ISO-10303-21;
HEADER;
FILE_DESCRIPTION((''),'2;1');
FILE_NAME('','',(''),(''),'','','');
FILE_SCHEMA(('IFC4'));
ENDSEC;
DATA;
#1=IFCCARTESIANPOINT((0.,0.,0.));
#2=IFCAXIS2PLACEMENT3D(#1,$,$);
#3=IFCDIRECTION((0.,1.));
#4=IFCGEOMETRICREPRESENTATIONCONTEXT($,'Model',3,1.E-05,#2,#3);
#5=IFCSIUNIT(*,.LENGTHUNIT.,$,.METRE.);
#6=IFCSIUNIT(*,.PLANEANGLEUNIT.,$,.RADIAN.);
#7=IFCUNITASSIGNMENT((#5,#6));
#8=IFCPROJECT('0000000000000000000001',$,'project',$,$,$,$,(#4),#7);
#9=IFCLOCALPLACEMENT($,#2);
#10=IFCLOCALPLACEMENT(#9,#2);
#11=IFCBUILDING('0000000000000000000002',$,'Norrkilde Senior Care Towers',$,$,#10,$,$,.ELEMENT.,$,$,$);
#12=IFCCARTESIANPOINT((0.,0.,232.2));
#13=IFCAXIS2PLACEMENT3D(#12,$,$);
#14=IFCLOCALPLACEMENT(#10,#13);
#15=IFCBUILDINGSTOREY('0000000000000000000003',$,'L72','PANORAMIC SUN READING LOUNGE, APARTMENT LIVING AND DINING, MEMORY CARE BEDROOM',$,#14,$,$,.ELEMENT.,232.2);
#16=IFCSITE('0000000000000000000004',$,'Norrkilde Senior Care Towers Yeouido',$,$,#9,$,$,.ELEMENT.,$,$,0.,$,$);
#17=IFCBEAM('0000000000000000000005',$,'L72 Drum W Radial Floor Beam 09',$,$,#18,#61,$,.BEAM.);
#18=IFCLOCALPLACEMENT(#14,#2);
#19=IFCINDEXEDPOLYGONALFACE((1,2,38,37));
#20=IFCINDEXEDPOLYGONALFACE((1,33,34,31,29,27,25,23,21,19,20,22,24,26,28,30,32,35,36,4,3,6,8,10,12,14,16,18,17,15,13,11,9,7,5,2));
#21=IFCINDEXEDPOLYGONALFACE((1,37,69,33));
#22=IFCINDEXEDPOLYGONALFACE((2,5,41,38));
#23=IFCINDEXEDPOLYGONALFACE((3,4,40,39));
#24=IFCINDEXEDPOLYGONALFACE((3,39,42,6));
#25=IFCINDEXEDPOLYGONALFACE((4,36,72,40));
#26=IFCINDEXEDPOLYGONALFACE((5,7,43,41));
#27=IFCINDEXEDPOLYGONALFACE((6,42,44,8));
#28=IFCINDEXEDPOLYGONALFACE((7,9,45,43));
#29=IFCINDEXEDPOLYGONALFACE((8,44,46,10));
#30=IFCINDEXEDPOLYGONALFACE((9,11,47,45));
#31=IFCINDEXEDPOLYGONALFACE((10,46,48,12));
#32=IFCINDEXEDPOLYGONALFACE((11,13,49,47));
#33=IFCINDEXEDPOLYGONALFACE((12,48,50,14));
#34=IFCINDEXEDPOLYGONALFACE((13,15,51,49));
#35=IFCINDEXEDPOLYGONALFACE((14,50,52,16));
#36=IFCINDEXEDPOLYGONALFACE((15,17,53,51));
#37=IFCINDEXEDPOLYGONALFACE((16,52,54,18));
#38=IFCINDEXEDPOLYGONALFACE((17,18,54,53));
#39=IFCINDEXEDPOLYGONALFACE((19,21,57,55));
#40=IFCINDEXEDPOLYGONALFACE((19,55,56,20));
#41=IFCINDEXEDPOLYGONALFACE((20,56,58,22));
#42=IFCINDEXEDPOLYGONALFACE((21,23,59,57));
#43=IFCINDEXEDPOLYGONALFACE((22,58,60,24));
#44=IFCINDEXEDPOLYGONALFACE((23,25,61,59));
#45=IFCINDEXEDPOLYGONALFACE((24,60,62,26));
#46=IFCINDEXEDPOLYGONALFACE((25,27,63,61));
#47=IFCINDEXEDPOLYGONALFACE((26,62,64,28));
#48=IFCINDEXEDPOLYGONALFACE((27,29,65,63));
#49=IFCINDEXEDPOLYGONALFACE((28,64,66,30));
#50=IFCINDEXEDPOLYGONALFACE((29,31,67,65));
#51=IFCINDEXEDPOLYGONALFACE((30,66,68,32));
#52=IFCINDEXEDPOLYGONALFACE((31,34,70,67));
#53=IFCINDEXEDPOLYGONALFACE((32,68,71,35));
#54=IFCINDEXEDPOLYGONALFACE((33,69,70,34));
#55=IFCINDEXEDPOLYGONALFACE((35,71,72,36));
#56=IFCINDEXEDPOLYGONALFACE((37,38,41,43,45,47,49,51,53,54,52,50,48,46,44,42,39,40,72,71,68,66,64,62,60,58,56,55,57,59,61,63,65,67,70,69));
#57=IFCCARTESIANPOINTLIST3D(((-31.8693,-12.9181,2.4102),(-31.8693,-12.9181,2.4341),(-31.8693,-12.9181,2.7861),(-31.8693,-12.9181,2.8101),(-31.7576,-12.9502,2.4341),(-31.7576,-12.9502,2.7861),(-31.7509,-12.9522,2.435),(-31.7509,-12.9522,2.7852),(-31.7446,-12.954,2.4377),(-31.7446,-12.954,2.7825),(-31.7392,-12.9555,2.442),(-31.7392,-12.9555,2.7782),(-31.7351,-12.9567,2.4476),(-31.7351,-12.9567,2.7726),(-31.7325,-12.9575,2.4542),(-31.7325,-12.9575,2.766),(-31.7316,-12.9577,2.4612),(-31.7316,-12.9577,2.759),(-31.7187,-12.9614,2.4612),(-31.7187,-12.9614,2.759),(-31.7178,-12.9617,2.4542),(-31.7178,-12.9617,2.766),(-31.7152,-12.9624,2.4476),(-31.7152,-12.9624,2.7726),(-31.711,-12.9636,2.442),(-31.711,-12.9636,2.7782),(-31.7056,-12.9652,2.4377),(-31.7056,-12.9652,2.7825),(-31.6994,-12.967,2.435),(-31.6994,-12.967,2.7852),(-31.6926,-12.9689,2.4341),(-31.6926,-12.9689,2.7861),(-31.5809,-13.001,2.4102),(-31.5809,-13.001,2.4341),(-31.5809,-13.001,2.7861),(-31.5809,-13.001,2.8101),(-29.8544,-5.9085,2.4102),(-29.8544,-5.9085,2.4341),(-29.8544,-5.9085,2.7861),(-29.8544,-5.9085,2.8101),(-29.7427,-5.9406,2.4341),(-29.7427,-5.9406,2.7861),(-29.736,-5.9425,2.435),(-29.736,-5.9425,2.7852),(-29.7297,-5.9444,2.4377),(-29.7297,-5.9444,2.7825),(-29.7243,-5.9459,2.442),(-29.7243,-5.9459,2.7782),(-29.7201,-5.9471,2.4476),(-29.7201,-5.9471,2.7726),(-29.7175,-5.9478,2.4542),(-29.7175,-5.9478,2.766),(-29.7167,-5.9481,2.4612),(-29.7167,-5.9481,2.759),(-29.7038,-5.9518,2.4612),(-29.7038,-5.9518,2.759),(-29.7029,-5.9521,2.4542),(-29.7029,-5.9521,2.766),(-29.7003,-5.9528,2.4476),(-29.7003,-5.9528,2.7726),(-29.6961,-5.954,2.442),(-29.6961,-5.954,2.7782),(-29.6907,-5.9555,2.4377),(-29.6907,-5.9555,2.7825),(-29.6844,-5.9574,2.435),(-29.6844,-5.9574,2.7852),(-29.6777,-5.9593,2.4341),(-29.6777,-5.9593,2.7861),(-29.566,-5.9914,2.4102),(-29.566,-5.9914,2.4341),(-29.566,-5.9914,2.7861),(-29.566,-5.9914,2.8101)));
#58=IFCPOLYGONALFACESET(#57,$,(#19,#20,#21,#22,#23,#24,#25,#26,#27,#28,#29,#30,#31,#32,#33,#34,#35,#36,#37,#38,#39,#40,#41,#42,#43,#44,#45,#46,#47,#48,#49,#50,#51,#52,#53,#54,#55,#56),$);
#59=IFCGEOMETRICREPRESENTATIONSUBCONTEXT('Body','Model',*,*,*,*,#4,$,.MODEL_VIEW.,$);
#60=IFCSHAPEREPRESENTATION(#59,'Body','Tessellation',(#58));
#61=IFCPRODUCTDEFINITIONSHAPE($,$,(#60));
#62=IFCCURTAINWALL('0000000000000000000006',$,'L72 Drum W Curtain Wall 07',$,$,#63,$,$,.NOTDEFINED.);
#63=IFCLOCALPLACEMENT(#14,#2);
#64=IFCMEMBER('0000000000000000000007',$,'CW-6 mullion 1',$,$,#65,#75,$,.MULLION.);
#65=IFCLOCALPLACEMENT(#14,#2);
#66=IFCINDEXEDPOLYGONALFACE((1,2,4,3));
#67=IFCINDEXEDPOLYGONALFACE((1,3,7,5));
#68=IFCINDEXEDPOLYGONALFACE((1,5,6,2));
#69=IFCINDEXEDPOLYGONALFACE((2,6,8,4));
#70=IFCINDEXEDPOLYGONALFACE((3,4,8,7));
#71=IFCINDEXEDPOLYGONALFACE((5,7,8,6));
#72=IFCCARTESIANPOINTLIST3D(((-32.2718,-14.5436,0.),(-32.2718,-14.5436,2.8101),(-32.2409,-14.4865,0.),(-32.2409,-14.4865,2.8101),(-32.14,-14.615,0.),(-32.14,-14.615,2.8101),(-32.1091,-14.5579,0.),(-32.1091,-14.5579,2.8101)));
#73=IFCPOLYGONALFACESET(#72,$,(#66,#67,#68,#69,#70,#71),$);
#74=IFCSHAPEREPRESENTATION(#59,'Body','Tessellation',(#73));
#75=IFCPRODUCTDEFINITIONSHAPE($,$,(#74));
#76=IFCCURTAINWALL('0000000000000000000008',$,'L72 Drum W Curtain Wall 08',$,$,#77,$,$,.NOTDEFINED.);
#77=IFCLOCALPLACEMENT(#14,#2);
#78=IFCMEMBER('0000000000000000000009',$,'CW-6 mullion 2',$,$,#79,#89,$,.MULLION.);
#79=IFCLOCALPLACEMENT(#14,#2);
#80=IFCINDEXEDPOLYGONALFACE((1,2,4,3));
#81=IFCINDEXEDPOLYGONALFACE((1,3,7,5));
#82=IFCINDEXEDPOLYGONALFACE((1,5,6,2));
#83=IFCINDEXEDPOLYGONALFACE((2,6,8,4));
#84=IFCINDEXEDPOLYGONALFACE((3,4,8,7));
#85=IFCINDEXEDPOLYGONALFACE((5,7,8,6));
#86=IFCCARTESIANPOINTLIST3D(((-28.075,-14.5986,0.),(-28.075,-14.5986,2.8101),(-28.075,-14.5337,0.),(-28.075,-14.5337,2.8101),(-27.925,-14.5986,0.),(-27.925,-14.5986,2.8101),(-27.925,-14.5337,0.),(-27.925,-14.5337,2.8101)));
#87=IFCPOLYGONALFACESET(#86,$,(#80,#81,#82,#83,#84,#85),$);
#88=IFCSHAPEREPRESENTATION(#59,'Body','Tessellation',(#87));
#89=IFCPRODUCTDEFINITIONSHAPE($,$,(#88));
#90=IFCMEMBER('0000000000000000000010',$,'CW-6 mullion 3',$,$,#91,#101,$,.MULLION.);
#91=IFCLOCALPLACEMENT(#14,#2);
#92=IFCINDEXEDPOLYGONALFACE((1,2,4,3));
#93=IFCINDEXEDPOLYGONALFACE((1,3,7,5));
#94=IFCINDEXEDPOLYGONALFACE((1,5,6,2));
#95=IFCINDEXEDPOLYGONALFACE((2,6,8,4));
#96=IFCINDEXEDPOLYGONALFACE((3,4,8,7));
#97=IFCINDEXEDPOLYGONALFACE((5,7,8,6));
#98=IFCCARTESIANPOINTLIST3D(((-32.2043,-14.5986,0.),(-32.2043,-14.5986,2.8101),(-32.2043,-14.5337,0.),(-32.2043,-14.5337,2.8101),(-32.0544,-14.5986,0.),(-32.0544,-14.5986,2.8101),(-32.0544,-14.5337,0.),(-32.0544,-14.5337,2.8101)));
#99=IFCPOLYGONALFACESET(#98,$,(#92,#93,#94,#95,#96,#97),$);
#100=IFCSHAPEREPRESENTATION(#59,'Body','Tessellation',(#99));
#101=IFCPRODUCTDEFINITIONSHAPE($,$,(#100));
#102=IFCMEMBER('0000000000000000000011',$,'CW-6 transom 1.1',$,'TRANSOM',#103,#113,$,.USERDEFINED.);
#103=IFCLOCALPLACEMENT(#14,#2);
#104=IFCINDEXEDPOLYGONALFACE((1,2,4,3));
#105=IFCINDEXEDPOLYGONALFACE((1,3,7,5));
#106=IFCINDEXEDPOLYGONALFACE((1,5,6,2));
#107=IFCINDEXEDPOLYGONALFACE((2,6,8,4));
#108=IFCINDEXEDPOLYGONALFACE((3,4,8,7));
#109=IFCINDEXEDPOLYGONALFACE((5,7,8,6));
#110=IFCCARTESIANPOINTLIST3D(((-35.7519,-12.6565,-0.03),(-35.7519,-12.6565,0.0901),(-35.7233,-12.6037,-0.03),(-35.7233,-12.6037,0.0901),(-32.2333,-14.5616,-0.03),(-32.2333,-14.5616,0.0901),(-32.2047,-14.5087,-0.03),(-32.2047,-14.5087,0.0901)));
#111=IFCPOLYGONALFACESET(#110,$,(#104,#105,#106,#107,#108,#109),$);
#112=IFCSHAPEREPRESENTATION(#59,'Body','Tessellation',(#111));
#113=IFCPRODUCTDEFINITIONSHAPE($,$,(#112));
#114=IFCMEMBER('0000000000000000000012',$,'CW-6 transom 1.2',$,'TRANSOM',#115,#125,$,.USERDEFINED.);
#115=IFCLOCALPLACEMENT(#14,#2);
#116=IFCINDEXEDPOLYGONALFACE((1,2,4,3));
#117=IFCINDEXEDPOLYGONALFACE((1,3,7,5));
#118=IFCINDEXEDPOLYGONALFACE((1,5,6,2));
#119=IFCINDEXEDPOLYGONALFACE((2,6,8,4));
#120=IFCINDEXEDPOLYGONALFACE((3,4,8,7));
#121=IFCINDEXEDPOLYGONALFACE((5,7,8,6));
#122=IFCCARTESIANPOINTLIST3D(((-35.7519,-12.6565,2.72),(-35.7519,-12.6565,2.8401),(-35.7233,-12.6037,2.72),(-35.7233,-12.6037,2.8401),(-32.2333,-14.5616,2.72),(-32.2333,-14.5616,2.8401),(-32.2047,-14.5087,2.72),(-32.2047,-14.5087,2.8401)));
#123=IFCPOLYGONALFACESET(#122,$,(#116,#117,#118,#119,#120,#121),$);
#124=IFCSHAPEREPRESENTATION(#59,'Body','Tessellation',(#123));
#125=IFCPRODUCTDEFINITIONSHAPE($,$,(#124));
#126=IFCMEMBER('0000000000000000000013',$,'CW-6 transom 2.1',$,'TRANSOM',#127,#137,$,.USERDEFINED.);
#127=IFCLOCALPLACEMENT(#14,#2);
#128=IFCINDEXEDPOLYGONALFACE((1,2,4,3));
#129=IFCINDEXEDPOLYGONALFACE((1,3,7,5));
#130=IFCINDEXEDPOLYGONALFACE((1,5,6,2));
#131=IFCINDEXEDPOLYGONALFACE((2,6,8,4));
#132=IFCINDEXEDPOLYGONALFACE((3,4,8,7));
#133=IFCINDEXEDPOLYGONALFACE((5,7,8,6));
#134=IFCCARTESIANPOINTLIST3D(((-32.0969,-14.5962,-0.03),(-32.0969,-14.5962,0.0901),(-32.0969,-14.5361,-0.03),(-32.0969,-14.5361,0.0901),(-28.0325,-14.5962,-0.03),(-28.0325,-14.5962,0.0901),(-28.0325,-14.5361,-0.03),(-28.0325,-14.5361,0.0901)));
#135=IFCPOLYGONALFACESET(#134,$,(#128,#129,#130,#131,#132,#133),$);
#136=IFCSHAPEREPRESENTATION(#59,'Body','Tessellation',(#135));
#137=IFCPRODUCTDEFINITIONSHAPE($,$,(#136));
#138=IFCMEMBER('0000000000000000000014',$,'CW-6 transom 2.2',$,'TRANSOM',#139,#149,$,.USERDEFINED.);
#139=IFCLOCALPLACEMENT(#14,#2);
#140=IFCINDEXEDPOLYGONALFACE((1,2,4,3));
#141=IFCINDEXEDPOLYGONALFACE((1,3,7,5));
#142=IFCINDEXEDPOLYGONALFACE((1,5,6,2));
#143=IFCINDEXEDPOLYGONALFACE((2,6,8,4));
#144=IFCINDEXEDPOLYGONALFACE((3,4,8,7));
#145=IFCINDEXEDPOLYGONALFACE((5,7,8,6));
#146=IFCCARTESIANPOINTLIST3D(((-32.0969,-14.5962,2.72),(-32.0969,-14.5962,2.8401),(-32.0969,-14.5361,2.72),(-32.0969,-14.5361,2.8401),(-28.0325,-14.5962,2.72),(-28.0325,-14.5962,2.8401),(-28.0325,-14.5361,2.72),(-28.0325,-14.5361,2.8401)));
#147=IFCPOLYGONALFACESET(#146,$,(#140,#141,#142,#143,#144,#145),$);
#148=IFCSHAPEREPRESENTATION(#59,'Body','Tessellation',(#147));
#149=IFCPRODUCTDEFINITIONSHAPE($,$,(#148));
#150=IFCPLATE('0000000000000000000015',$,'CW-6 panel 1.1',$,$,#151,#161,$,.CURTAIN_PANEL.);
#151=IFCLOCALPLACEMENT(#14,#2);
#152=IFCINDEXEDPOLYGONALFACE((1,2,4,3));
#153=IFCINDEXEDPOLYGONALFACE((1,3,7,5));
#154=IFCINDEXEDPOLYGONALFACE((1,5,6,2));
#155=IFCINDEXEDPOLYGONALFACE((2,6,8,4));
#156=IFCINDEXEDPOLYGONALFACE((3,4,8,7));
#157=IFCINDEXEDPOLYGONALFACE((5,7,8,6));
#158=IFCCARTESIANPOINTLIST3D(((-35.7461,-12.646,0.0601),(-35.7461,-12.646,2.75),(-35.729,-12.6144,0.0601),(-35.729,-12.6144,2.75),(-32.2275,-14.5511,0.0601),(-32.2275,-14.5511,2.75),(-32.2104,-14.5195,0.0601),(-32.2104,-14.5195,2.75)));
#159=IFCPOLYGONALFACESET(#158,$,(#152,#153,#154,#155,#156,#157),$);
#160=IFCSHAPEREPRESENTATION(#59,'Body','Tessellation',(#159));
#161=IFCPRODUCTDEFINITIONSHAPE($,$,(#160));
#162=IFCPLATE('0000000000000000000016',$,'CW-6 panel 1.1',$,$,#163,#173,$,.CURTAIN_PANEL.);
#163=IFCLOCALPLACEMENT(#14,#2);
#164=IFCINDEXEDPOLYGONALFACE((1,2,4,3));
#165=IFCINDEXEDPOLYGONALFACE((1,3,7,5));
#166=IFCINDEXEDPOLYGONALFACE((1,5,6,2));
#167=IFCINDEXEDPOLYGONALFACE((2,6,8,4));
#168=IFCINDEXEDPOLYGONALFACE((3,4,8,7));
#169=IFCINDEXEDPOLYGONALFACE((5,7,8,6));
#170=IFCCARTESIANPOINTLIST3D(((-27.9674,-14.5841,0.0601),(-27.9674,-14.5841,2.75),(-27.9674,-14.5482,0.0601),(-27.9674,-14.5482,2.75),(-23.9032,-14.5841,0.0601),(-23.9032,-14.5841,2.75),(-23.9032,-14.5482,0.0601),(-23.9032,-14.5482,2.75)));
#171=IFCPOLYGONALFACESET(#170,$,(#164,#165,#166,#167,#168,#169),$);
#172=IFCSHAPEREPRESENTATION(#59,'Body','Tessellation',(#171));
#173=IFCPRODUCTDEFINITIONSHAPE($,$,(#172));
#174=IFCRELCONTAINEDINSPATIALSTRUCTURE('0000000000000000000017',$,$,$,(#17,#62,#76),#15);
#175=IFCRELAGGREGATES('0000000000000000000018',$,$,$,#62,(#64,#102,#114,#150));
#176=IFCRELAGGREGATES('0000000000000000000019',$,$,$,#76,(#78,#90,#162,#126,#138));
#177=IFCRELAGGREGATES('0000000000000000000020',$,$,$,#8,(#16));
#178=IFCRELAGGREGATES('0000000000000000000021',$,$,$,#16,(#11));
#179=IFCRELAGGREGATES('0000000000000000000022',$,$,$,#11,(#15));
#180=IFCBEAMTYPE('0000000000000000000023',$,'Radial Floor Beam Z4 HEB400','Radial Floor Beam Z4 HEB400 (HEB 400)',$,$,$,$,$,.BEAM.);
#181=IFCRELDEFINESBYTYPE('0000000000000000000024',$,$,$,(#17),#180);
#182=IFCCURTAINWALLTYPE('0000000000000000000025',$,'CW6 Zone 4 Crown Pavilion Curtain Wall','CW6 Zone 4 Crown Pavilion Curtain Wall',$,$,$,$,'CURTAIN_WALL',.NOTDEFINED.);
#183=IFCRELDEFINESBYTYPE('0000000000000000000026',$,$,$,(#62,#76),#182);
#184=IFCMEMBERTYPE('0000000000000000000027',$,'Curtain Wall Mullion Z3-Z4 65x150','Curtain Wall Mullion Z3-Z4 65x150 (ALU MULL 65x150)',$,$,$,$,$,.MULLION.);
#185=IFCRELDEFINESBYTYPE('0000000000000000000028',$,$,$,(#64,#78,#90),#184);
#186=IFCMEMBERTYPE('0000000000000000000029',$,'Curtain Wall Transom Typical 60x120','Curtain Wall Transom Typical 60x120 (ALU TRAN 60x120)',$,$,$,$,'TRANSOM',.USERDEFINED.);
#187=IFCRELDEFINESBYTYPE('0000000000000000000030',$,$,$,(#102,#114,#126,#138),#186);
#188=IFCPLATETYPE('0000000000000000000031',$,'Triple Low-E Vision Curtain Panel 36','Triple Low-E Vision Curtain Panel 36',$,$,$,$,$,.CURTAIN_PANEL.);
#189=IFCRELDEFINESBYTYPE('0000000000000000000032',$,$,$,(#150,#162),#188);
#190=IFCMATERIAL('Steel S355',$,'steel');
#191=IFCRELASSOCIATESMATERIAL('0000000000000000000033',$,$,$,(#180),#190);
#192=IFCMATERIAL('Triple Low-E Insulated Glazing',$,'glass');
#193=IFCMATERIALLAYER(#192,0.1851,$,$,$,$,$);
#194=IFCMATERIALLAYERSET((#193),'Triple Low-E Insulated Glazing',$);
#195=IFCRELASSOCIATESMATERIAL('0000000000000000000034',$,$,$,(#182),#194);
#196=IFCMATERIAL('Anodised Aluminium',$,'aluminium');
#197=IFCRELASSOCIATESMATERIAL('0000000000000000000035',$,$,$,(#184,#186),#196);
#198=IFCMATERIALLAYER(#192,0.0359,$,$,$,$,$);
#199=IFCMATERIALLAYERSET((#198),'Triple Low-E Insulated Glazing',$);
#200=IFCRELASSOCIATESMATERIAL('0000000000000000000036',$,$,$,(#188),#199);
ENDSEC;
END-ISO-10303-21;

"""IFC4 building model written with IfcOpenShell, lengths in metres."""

from ifc_helpers import new_model, si_unit, direction, frame, origin, origin_2d, place, context, subcontext, project, spatial, rectangle, i_section, extrude, source, transform, mapped, material, layer, layer_set, material_profile, profile_set, type_object, type_shapes, element, aggregate, save


model = new_model("IFC4")

# Units and contexts
model_context = context("Model", 3, precision=1e-05, world=origin(), true_north=direction((0.0, 1.0)))
body_context = subcontext(model_context, "Body", "Model", "MODEL_VIEW")
ifc_project = project(units=[si_unit("LENGTHUNIT", "METRE"), si_unit("PLANEANGLEUNIT", "RADIAN")], contexts=[model_context])

# Site, building, storey
site_placement = place(None, origin())
site = spatial("IfcSite", under=ifc_project, at=site_placement, Name="Norrkilde Senior Care Towers Yeouido", CompositionType="ELEMENT", RefElevation=0.0)
building_placement = place(site_placement, origin())
building = spatial("IfcBuilding", under=site, at=building_placement, Name="Norrkilde Senior Care Towers", CompositionType="ELEMENT")
storey_placement = place(building_placement, frame((0.0, 0.0, 232.2)))
storey = spatial("IfcBuildingStorey", under=building, at=storey_placement, Name="L72", Description="PANORAMIC SUN READING LOUNGE, APARTMENT LIVING AND DINING, MEMORY CARE BEDROOM", CompositionType="ELEMENT", Elevation=232.2)

# Beam
ifc_material_1 = material(Name="Steel S355", Category="steel")
ifc_material_profile_1 = material_profile(ifc_material_1, i_section(OverallWidth=0.3, OverallDepth=0.3999, WebThickness=0.0134, FlangeThickness=0.0239, FilletRadius=0.0271, at=origin_2d()), Name="HEB 400")
ifc_profile_set_1 = profile_set([ifc_material_profile_1], Name="Steel S355")
beam_type_1 = type_object("IfcBeamType", Name="Radial Floor Beam Z4 HEB400", Description="Radial Floor Beam Z4 HEB400 (HEB 400)", PredefinedType="BEAM", material=ifc_profile_set_1)
shared_shape_1 = source(origin(), body_context, "Body", "SweptSolid", [
    extrude(i_section(OverallWidth=0.3, OverallDepth=0.3999, WebThickness=0.0134, FlangeThickness=0.0239, FilletRadius=0.0271, at=origin_2d()), origin(), (0.0, 0.0, 1.0), 7.2935),
])
beam_1_placement = place(storey_placement, frame((-29.7102, -5.95, 2.6101), z_axis=(-0.276264, -0.961082, 0.0), x_axis=(0.961082, -0.276264, 0.0)))
element("IfcBeam", 1, at=beam_1_placement, inside=storey, type_object=beam_type_1, Name="L72 Drum W Radial Floor Beam 09", PredefinedType="BEAM", context=body_context, shape_type="MappedRepresentation", body=[
    mapped(shared_shape_1, transform((0.0, 0.0, 0.0), x_axis=(1.0, 0.0, 0.0), y_axis=(0.0, 1.0, 0.0), z_axis=(0.0, 0.0, 1.0), scale=1.0)),
])

# Curtain wall, member
ifc_material_2 = material(Name="Triple Low-E Insulated Glazing", Category="glass")
ifc_layer_1 = layer(ifc_material_2, 0.1851)
ifc_layer_set_1 = layer_set([ifc_layer_1], Name="Triple Low-E Insulated Glazing")
curtain_wall_type = type_object("IfcCurtainWallType", Name="CW6 Zone 4 Crown Pavilion Curtain Wall", Description="CW6 Zone 4 Crown Pavilion Curtain Wall", ElementType="CURTAIN_WALL", PredefinedType="NOTDEFINED", material=ifc_layer_set_1)
curtain_wall_1_placement = place(storey_placement, origin())
curtain_wall_1 = element("IfcCurtainWall", 2, at=curtain_wall_1_placement, inside=storey, type_object=curtain_wall_type, Name="L72 Drum W Curtain Wall 07", PredefinedType="NOTDEFINED")
ifc_material_3 = material(Name="Anodised Aluminium", Category="aluminium")
ifc_material_profile_2 = material_profile(ifc_material_3, rectangle(XDim=0.0649, YDim=0.1499, at=origin_2d()), Name="ALU MULL 65x150")
ifc_profile_set_2 = profile_set([ifc_material_profile_2], Name="Anodised Aluminium")
member_type_1 = type_object("IfcMemberType", Name="Curtain Wall Mullion Z3-Z4 65x150", Description="Curtain Wall Mullion Z3-Z4 65x150 (ALU MULL 65x150)", PredefinedType="MULLION", material=ifc_profile_set_2)
shared_shape_2 = source(origin(), body_context, "Body", "SweptSolid", [
    extrude(rectangle(XDim=0.0649, YDim=0.1499, at=origin_2d()), origin(), (0.0, 0.0, 1.0), 2.8101),
])
type_shapes(member_type_1, [shared_shape_2])
member_1_placement = place(storey_placement, frame((-32.1904, -14.5508, 0.0), z_axis=(0.0, 0.0, 1.0), x_axis=(-0.476133, -0.879373, 0.0)))
member_1 = element("IfcMember", 3, at=member_1_placement, type_object=member_type_1, Name="CW-6 mullion 1", PredefinedType="MULLION", context=body_context, shape_type="MappedRepresentation", body=[
    mapped(shared_shape_2, transform((0.0, 0.0, 0.0), x_axis=(1.0, 0.0, 0.0), y_axis=(0.0, 1.0, 0.0), z_axis=(0.0, 0.0, 1.0), scale=1.0)),
])

# Curtain wall, members
curtain_wall_2_placement = place(storey_placement, origin())
curtain_wall_2 = element("IfcCurtainWall", 4, at=curtain_wall_2_placement, inside=storey, type_object=curtain_wall_type, Name="L72 Drum W Curtain Wall 08", PredefinedType="NOTDEFINED")
member_2_placement = place(storey_placement, frame((-28.0, -14.5662, 0.0), z_axis=(0.0, 0.0, 1.0), x_axis=(0.0, -1.0, 0.0)))
member_2 = element("IfcMember", 5, at=member_2_placement, type_object=member_type_1, Name="CW-6 mullion 2", PredefinedType="MULLION", context=body_context, shape_type="MappedRepresentation", body=[
    mapped(shared_shape_2, transform((0.0, 0.0, 0.0), x_axis=(1.0, 0.0, 0.0), y_axis=(0.0, 1.0, 0.0), z_axis=(0.0, 0.0, 1.0), scale=1.0)),
])
member_3_placement = place(storey_placement, frame((-32.1294, -14.5662, 0.0), z_axis=(0.0, 0.0, 1.0), x_axis=(0.0, -1.0, 0.0)))
member_3 = element("IfcMember", 6, at=member_3_placement, type_object=member_type_1, Name="CW-6 mullion 3", PredefinedType="MULLION", context=body_context, shape_type="MappedRepresentation", body=[
    mapped(shared_shape_2, transform((0.0, 0.0, 0.0), x_axis=(1.0, 0.0, 0.0), y_axis=(0.0, 1.0, 0.0), z_axis=(0.0, 0.0, 1.0), scale=1.0)),
])

# Members
ifc_material_profile_3 = material_profile(ifc_material_3, rectangle(XDim=0.0601, YDim=0.1201, at=origin_2d()), Name="ALU TRAN 60x120")
ifc_profile_set_3 = profile_set([ifc_material_profile_3], Name="Anodised Aluminium")
member_type_2 = type_object("IfcMemberType", Name="Curtain Wall Transom Typical 60x120", Description="Curtain Wall Transom Typical 60x120 (ALU TRAN 60x120)", ElementType="TRANSOM", PredefinedType="USERDEFINED", material=ifc_profile_set_3)
shared_shape_3 = source(origin(), body_context, "Body", "SweptSolid", [
    extrude(rectangle(XDim=0.0601, YDim=0.1201, at=origin_2d()), origin(), (0.0, 0.0, 1.0), 4.0012),
])
member_4_placement = place(storey_placement, frame((-32.219, -14.5352, 0.03), z_axis=(-0.879381, 0.476118, 0.0), x_axis=(-0.476118, -0.879381, 0.0)))
member_4 = element("IfcMember", 7, at=member_4_placement, type_object=member_type_2, Name="CW-6 transom 1.1", ObjectType="TRANSOM", PredefinedType="USERDEFINED", context=body_context, shape_type="MappedRepresentation", body=[
    mapped(shared_shape_3, transform((0.0, 0.0, 0.0), x_axis=(1.0, 0.0, 0.0), y_axis=(0.0, 1.0, 0.0), z_axis=(0.0, 0.0, 1.0), scale=1.0)),
])
member_5_placement = place(storey_placement, frame((-32.219, -14.5352, 2.78), z_axis=(-0.879381, 0.476118, 0.0), x_axis=(-0.476118, -0.879381, 0.0)))
member_5 = element("IfcMember", 8, at=member_5_placement, type_object=member_type_2, Name="CW-6 transom 1.2", ObjectType="TRANSOM", PredefinedType="USERDEFINED", context=body_context, shape_type="MappedRepresentation", body=[
    mapped(shared_shape_3, transform((0.0, 0.0, 0.0), x_axis=(1.0, 0.0, 0.0), y_axis=(0.0, 1.0, 0.0), z_axis=(0.0, 0.0, 1.0), scale=1.0)),
])
shared_shape_4 = source(origin(), body_context, "Body", "SweptSolid", [
    extrude(rectangle(XDim=0.0601, YDim=0.1201, at=origin_2d()), origin(), (0.0, 0.0, 1.0), 4.0645),
])
type_shapes(member_type_2, [shared_shape_3, shared_shape_4])
member_6_placement = place(storey_placement, frame((-28.0325, -14.5662, 0.03), z_axis=(-1.0, 0.0, 0.0), x_axis=(0.0, -1.0, 0.0)))
member_6 = element("IfcMember", 9, at=member_6_placement, type_object=member_type_2, Name="CW-6 transom 2.1", ObjectType="TRANSOM", PredefinedType="USERDEFINED", context=body_context, shape_type="MappedRepresentation", body=[
    mapped(shared_shape_4, transform((0.0, 0.0, 0.0), x_axis=(1.0, 0.0, 0.0), y_axis=(0.0, 1.0, 0.0), z_axis=(0.0, 0.0, 1.0), scale=1.0)),
])
member_7_placement = place(storey_placement, frame((-28.0325, -14.5662, 2.78), z_axis=(-1.0, 0.0, 0.0), x_axis=(0.0, -1.0, 0.0)))
member_7 = element("IfcMember", 10, at=member_7_placement, type_object=member_type_2, Name="CW-6 transom 2.2", ObjectType="TRANSOM", PredefinedType="USERDEFINED", context=body_context, shape_type="MappedRepresentation", body=[
    mapped(shared_shape_4, transform((0.0, 0.0, 0.0), x_axis=(1.0, 0.0, 0.0), y_axis=(0.0, 1.0, 0.0), z_axis=(0.0, 0.0, 1.0), scale=1.0)),
])

# Plates
ifc_layer_2 = layer(ifc_material_2, 0.0359)
ifc_layer_set_2 = layer_set([ifc_layer_2], Name="Triple Low-E Insulated Glazing")
plate_type = type_object("IfcPlateType", Name="Triple Low-E Vision Curtain Panel 36", Description="Triple Low-E Vision Curtain Panel 36", PredefinedType="CURTAIN_PANEL", material=ifc_layer_set_2)
shared_shape_5 = source(origin(), body_context, "Body", "SweptSolid", [
    extrude(rectangle(XDim=4.0012, YDim=0.0359, at=origin_2d()), origin(), (0.0, 0.0, 1.0), 2.6899),
])
plate_1_placement = place(storey_placement, frame((-33.9783, -13.5828, 0.0601), z_axis=(0.0, 0.0, 1.0), x_axis=(-0.879373, 0.476133, 0.0)))
plate_1 = element("IfcPlate", 11, at=plate_1_placement, type_object=plate_type, Name="CW-6 panel 1.1", PredefinedType="CURTAIN_PANEL", context=body_context, shape_type="MappedRepresentation", body=[
    mapped(shared_shape_5, transform((0.0, 0.0, 0.0), x_axis=(1.0, 0.0, 0.0), y_axis=(0.0, 1.0, 0.0), z_axis=(0.0, 0.0, 1.0), scale=1.0)),
])
aggregate(curtain_wall_1, [member_1, member_4, member_5, plate_1])
shared_shape_6 = source(origin(), body_context, "Body", "SweptSolid", [
    extrude(rectangle(XDim=4.0642, YDim=0.0359, at=origin_2d()), origin(), (0.0, 0.0, 1.0), 2.6899),
])
type_shapes(plate_type, [shared_shape_5, shared_shape_6])
plate_2_placement = place(storey_placement, frame((-25.9353, -14.5662, 0.0601), z_axis=(0.0, 0.0, 1.0), x_axis=(-1.0, 0.0, 0.0)))
plate_2 = element("IfcPlate", 12, at=plate_2_placement, type_object=plate_type, Name="CW-6 panel 1.1", PredefinedType="CURTAIN_PANEL", context=body_context, shape_type="MappedRepresentation", body=[
    mapped(shared_shape_6, transform((0.0, 0.0, 0.0), x_axis=(1.0, 0.0, 0.0), y_axis=(0.0, 1.0, 0.0), z_axis=(0.0, 0.0, 1.0), scale=1.0)),
])
aggregate(curtain_wall_2, [member_2, member_3, plate_2, member_6, member_7])

save(model, "model.ifc")
